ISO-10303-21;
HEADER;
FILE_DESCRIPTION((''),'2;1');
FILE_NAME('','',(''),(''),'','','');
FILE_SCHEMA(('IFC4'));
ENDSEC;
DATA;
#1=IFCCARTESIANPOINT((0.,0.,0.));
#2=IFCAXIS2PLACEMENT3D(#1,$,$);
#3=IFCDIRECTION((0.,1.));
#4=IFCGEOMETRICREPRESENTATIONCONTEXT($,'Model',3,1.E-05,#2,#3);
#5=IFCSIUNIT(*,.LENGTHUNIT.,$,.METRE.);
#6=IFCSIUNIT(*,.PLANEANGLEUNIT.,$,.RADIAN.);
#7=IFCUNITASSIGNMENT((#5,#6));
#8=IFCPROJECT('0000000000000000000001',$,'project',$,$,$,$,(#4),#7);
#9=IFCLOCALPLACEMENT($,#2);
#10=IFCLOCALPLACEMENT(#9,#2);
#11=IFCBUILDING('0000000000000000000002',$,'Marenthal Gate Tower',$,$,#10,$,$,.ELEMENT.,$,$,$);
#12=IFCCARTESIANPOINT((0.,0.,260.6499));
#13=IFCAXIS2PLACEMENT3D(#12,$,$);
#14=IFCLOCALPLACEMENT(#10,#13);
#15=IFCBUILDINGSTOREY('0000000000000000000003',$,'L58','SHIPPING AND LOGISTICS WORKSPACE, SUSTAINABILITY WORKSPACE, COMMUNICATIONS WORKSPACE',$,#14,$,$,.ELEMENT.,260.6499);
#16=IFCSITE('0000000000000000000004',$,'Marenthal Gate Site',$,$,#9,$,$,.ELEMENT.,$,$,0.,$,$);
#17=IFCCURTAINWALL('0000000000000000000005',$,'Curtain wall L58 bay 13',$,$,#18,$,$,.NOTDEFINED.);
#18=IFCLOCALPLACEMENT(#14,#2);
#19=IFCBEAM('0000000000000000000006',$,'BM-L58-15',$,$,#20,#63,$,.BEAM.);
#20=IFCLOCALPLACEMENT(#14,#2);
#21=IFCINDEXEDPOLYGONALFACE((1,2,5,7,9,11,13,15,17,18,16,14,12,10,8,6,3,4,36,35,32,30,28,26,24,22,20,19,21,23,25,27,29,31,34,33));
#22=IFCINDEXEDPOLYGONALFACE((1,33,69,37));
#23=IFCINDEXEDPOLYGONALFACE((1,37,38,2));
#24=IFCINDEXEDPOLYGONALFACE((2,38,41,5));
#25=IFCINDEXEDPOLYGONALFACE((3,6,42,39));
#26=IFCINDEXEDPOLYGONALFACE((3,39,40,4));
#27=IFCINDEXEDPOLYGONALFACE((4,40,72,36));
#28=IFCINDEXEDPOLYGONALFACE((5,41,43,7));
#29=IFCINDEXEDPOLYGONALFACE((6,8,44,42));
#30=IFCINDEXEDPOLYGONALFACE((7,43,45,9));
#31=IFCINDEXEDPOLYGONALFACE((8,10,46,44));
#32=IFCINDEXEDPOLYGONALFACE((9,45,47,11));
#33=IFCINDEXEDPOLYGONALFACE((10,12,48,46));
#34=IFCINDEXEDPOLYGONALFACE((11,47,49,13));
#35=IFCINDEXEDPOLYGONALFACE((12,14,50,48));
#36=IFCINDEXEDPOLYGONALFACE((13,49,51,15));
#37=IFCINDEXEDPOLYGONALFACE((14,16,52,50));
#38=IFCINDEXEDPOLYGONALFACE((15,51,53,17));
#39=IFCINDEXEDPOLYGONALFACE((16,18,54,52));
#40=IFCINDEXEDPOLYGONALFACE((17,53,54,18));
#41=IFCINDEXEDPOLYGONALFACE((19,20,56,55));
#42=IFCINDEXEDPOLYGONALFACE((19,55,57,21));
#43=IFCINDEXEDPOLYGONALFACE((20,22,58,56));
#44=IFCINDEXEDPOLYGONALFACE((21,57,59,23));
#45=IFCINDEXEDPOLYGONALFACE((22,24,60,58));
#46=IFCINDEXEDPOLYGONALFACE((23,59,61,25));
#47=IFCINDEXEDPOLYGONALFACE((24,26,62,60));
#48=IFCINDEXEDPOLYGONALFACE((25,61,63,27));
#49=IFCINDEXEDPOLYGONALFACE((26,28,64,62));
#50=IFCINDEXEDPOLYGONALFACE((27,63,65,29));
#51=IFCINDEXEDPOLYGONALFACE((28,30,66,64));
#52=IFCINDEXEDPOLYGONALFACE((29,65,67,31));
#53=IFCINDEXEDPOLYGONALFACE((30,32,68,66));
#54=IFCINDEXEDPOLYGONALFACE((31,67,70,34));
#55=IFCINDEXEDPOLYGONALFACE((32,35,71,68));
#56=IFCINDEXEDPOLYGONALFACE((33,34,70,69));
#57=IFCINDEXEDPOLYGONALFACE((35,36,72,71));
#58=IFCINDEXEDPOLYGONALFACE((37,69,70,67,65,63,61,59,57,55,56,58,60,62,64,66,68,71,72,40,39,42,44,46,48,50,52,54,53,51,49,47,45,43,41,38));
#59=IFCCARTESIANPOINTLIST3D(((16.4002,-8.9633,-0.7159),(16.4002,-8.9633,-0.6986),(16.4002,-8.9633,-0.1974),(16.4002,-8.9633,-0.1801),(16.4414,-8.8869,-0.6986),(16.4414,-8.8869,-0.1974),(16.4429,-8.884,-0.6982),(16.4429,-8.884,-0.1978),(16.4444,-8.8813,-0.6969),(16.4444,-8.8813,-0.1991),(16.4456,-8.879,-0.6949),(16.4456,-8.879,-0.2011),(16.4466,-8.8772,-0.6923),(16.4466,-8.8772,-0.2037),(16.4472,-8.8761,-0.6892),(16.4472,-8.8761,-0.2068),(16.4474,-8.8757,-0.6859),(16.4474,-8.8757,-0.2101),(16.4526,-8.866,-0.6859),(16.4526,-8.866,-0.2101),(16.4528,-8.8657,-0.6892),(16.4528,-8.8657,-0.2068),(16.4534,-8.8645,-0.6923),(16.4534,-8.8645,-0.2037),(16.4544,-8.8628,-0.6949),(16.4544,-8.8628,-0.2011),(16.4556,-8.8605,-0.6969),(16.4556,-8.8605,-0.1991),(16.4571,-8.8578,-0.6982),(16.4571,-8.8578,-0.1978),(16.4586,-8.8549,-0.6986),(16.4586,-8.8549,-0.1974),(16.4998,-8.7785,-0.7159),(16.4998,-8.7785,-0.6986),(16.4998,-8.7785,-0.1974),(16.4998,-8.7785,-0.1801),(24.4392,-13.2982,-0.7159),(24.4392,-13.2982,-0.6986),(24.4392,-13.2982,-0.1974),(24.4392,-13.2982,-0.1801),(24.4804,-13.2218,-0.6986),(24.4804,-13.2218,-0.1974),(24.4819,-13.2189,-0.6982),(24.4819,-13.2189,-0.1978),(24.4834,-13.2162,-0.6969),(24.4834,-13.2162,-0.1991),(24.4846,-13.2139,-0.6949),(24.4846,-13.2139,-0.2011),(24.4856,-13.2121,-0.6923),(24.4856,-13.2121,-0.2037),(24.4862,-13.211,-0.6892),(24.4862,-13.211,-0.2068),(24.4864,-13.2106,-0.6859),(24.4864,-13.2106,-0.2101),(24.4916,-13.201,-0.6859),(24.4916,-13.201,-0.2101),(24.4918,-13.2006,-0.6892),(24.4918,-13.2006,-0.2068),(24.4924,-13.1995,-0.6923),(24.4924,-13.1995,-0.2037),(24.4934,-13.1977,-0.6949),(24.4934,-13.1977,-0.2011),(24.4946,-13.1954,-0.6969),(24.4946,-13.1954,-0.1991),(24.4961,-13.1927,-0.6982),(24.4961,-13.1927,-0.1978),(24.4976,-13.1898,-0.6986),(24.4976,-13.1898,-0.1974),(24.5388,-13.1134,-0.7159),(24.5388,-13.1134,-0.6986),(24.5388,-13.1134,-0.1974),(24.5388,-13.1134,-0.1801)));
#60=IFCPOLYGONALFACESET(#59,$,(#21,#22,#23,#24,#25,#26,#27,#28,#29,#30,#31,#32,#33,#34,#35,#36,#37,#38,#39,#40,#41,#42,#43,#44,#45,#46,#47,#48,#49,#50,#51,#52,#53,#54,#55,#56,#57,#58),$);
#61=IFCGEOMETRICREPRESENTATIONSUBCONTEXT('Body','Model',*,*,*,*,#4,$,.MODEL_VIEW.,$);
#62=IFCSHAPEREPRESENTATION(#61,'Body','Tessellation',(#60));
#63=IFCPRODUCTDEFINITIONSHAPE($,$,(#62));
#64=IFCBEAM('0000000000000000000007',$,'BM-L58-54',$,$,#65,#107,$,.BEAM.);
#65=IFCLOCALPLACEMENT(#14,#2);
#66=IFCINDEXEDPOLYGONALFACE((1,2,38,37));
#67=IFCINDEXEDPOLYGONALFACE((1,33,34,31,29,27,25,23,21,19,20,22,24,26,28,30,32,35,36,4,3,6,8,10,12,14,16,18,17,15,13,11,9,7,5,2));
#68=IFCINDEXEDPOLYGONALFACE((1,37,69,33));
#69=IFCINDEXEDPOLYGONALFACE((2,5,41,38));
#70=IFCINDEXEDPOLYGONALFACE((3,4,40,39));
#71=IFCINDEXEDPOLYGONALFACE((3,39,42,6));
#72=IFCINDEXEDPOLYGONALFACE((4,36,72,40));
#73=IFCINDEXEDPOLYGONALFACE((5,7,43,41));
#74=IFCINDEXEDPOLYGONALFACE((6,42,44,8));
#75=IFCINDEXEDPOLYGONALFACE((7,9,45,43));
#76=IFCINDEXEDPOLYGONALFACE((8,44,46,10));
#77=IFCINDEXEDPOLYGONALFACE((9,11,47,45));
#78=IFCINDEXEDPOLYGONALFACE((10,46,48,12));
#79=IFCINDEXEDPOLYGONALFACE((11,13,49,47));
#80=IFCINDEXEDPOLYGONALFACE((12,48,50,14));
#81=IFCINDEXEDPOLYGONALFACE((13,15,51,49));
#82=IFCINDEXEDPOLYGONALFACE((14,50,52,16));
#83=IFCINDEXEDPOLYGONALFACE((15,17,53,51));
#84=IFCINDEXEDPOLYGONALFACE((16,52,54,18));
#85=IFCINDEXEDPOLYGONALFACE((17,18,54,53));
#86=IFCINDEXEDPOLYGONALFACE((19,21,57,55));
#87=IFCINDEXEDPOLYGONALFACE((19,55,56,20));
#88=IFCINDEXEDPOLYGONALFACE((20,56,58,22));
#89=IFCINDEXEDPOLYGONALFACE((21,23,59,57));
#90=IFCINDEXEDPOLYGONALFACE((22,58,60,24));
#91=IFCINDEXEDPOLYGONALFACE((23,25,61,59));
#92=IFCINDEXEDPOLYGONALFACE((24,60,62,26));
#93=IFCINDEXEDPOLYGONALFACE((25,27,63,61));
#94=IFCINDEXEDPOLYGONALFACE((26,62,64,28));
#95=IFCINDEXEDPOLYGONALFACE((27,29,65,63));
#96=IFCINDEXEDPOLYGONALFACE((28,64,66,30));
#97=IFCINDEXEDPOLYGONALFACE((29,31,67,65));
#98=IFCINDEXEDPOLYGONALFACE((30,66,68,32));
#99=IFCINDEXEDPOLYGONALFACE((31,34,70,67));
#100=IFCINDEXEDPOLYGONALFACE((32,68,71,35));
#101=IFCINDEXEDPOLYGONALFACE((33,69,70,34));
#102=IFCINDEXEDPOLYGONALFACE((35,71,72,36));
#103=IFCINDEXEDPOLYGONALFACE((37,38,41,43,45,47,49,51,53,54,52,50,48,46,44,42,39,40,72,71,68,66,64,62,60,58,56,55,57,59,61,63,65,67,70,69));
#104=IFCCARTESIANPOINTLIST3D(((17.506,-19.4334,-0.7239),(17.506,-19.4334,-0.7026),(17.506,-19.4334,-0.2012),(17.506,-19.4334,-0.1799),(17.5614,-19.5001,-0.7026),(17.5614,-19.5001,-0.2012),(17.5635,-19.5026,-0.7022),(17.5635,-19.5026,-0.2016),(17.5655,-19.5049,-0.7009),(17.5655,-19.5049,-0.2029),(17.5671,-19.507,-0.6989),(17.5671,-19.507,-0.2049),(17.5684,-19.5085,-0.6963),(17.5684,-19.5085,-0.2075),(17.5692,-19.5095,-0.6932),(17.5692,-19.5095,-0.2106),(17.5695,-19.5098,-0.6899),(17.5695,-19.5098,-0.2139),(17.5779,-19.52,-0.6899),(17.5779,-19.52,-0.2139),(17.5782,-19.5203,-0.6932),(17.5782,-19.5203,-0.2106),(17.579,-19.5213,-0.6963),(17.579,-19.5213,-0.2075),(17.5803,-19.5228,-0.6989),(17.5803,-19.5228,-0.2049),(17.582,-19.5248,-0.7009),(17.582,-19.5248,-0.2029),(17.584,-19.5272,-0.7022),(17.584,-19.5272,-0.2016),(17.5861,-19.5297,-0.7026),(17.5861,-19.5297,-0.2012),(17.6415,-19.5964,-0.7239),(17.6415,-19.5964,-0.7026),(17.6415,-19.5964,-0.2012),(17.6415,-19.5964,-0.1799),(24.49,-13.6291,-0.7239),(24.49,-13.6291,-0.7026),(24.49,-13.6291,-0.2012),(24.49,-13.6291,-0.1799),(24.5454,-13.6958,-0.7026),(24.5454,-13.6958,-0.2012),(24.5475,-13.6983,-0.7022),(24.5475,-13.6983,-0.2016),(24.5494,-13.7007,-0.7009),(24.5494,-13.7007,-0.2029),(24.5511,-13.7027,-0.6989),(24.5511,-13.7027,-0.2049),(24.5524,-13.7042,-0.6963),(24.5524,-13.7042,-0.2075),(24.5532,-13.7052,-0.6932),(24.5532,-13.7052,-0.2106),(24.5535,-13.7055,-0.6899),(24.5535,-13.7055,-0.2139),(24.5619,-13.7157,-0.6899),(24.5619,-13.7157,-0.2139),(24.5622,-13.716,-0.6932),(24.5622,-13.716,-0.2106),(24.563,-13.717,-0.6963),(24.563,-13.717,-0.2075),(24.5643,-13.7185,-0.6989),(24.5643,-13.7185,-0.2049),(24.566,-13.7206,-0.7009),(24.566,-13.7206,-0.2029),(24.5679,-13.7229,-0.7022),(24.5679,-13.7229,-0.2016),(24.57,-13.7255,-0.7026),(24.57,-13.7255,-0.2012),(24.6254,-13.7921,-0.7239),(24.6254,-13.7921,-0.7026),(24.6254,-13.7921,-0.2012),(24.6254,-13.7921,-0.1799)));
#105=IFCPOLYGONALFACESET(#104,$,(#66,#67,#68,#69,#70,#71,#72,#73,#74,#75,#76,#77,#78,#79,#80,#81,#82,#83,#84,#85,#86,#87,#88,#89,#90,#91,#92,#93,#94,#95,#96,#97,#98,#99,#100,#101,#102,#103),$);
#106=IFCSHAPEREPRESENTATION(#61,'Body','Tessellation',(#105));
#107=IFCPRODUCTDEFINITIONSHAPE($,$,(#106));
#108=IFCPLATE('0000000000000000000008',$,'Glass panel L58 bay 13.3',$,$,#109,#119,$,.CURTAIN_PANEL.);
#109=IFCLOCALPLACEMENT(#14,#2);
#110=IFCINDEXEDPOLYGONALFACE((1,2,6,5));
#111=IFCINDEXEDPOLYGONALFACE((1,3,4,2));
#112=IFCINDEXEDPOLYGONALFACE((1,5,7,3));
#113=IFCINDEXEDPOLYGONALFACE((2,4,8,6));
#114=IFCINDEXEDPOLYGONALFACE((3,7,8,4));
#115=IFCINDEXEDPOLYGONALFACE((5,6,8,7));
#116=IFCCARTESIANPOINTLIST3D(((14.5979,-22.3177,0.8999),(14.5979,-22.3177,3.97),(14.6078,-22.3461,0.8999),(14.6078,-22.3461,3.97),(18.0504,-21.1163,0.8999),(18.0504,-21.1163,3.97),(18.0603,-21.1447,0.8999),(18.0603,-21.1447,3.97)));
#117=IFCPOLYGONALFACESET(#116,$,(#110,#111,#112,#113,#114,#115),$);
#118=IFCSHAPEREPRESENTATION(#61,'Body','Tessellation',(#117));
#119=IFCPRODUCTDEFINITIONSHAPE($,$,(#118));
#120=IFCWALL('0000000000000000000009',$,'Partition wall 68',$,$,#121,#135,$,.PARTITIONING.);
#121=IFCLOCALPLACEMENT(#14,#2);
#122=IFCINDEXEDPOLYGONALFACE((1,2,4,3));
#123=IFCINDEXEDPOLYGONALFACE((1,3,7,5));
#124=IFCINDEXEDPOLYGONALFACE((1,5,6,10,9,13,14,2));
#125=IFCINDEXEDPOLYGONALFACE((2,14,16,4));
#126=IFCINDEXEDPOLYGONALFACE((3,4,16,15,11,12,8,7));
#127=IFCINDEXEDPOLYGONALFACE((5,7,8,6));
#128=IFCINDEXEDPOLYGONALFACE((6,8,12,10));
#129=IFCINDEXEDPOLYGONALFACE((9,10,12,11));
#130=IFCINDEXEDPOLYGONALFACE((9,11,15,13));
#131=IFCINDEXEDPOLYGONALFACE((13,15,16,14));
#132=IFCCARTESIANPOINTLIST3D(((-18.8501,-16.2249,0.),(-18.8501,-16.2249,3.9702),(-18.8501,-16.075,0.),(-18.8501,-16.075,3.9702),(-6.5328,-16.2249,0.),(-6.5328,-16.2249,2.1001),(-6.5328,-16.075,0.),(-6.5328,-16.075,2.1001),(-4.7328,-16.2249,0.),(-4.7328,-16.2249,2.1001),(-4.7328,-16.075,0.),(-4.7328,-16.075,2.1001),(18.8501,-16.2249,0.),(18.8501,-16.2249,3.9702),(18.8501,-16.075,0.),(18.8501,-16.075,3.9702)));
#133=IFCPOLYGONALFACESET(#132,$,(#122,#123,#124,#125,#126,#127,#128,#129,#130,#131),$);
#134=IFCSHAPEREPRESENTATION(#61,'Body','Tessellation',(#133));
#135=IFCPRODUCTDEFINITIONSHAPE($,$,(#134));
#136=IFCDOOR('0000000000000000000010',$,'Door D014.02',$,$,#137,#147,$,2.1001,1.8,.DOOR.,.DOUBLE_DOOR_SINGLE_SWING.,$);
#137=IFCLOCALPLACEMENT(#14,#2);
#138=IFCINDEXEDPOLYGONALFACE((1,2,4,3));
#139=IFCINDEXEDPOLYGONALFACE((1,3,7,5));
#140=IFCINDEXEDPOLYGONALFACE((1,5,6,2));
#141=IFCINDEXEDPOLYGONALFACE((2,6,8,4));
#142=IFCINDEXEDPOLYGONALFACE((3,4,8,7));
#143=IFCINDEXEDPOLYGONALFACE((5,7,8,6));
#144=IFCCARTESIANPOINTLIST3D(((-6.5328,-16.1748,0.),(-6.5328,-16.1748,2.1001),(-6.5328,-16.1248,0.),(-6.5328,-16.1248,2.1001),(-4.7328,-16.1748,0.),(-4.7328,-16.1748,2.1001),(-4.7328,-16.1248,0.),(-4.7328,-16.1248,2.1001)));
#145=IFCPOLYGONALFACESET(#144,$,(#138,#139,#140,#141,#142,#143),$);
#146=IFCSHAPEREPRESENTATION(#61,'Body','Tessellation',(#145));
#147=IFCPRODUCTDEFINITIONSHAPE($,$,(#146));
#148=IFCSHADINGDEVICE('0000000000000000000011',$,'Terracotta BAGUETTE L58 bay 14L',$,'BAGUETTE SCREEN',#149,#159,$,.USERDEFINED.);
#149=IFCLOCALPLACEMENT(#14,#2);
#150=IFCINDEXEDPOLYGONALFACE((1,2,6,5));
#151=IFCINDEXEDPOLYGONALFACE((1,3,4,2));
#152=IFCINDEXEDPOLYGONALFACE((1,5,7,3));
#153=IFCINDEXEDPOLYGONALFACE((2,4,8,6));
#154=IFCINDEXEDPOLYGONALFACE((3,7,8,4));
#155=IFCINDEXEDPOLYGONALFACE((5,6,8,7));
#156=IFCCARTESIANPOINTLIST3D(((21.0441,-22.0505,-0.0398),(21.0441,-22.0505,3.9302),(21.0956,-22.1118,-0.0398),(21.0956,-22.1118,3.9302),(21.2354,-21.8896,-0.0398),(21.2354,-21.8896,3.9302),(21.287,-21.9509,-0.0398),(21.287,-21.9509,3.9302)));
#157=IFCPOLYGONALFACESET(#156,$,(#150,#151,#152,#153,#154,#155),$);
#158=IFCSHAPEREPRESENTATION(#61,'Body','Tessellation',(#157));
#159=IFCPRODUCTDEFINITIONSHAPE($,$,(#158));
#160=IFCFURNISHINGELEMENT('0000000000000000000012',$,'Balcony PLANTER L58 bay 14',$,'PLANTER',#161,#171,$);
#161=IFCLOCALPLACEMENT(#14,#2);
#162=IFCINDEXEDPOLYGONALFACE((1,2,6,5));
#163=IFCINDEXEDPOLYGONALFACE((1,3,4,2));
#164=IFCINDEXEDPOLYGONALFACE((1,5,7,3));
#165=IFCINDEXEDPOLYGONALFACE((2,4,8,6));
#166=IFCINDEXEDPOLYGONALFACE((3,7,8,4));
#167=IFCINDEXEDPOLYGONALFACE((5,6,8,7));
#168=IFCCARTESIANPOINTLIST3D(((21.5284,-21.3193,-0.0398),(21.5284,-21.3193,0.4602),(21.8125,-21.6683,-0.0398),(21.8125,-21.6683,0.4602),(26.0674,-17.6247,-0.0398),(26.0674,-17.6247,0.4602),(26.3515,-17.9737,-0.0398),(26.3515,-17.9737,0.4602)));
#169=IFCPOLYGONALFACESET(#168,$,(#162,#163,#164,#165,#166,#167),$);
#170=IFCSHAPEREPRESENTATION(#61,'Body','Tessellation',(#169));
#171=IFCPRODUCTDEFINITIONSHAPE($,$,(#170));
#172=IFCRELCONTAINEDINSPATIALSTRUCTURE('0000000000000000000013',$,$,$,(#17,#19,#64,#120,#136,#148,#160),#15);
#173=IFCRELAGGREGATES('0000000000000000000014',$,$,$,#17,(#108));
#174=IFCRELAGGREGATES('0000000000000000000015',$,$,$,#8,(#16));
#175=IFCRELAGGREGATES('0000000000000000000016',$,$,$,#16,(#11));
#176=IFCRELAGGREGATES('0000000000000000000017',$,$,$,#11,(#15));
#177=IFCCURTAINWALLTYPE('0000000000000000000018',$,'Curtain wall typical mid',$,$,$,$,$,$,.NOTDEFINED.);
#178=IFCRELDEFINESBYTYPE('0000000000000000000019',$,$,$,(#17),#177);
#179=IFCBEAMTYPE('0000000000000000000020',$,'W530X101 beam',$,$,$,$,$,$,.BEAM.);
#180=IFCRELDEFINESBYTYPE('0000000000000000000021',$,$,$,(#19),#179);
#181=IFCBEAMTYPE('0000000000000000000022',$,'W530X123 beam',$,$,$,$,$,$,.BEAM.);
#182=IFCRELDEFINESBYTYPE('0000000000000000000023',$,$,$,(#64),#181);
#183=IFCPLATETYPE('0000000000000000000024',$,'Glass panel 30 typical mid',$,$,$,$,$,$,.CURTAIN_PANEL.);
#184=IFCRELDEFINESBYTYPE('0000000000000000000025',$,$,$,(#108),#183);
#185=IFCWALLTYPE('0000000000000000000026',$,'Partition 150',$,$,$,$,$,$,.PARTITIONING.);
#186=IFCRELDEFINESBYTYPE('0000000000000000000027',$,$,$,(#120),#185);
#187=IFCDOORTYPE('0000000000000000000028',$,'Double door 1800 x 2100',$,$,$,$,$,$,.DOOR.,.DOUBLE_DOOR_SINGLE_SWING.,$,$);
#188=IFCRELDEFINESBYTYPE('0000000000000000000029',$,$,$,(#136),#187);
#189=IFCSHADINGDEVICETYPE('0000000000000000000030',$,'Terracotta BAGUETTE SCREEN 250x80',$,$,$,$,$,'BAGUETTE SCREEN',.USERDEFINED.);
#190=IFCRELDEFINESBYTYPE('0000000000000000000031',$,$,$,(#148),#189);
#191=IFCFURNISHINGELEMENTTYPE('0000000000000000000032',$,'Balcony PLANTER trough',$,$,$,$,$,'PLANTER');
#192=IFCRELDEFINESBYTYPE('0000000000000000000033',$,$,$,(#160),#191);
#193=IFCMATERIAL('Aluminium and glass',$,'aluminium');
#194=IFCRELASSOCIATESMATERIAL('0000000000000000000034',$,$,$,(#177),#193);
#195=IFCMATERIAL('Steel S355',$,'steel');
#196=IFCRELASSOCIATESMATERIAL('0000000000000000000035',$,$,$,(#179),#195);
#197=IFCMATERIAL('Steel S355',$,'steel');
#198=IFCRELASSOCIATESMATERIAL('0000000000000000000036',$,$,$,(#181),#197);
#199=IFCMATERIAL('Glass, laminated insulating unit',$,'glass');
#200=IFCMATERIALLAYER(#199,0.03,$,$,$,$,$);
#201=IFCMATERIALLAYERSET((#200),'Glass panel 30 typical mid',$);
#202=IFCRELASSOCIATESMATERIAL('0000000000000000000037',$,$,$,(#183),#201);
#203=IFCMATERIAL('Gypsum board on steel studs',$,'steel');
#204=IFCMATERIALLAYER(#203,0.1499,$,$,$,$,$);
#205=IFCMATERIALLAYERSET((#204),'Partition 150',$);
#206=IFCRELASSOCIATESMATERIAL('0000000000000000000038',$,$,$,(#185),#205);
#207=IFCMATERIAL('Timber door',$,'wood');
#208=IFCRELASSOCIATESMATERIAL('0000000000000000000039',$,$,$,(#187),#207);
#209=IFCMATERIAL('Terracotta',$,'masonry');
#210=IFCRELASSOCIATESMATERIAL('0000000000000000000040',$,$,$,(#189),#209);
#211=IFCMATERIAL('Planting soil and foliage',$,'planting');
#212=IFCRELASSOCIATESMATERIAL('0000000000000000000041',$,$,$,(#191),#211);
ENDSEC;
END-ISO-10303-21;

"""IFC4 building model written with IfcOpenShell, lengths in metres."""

from ifc_helpers import new_model, si_unit, direction, frame, frame_2d, origin, origin_2d, place, context, subcontext, project, spatial, rectangle, i_section, extrude, material, layer, layer_set, material_profile, profile_set, type_object, element, fill, aggregate, save


model = new_model("IFC4")

# Units and contexts
model_context = context("Model", 3, precision=1e-05, world=origin(), true_north=direction((0.0, 1.0)))
body_context = subcontext(model_context, "Body", "Model", "MODEL_VIEW")
ifc_project = project(units=[si_unit("LENGTHUNIT", "METRE"), si_unit("PLANEANGLEUNIT", "RADIAN")], contexts=[model_context])

# Site, building, storey
site_placement = place(None, origin())
site = spatial("IfcSite", under=ifc_project, at=site_placement, Name="Marenthal Gate Site", CompositionType="ELEMENT", RefElevation=0.0)
building_placement = place(site_placement, origin())
building = spatial("IfcBuilding", under=site, at=building_placement, Name="Marenthal Gate Tower", CompositionType="ELEMENT")
storey_placement = place(building_placement, frame((0.0, 0.0, 260.6499)))
storey = spatial("IfcBuildingStorey", under=building, at=storey_placement, Name="L58", Description="SHIPPING AND LOGISTICS WORKSPACE, SUSTAINABILITY WORKSPACE, COMMUNICATIONS WORKSPACE", CompositionType="ELEMENT", Elevation=260.6499)

# Curtain wall
ifc_material_1 = material(Name="Aluminium and glass", Category="aluminium")
curtain_wall_type = type_object("IfcCurtainWallType", Name="Curtain wall typical mid", PredefinedType="NOTDEFINED", material=ifc_material_1)
curtain_wall_1_placement = place(storey_placement, origin())
curtain_wall_1 = element("IfcCurtainWall", 1, at=curtain_wall_1_placement, inside=storey, type_object=curtain_wall_type, Name="Curtain wall L58 bay 13", PredefinedType="NOTDEFINED")

# Beams
ifc_material_2 = material(Name="Steel S355", Category="steel")
ifc_material_profile_1 = material_profile(ifc_material_2, i_section(OverallWidth=0.21, OverallDepth=0.5359, WebThickness=0.011, FlangeThickness=0.0173, FilletRadius=0.0127, at=origin_2d()), Name="W530X101")
ifc_profile_set_1 = profile_set([ifc_material_profile_1], Name="Steel S355")
beam_type_1 = type_object("IfcBeamType", Name="W530X101 beam", PredefinedType="BEAM", material=ifc_profile_set_1)
beam_1_placement = place(storey_placement, frame((24.489, -13.2058, -0.448), z_axis=(-0.880186, 0.474629, 0.0), x_axis=(-0.474629, -0.880186, 0.0)))
element("IfcBeam", 2, at=beam_1_placement, inside=storey, type_object=beam_type_1, Name="BM-L58-15", PredefinedType="BEAM", context=body_context, shape_type="SweptSolid", body=[
    extrude(i_section(OverallWidth=0.21, OverallDepth=0.5359, WebThickness=0.011, FlangeThickness=0.0173, FilletRadius=0.0127, at=origin_2d()), origin(), (0.0, 0.0, 1.0), 9.1333),
])
ifc_material_3 = material(Name="Steel S355", Category="steel")
ifc_material_profile_2 = material_profile(ifc_material_3, i_section(OverallWidth=0.2119, OverallDepth=0.5439, WebThickness=0.0132, FlangeThickness=0.0212, FilletRadius=0.0127, at=origin_2d()), Name="W530X123")
ifc_profile_set_2 = profile_set([ifc_material_profile_2], Name="Steel S355")
beam_type_2 = type_object("IfcBeamType", Name="W530X123 beam", PredefinedType="BEAM", material=ifc_profile_set_2)
beam_2_placement = place(storey_placement, frame((17.5737, -19.5149, -0.4519), z_axis=(0.769071, 0.639163, 0.0), x_axis=(-0.639163, 0.769071, 0.0)))
element("IfcBeam", 3, at=beam_2_placement, inside=storey, type_object=beam_type_2, Name="BM-L58-54", PredefinedType="BEAM", context=body_context, shape_type="SweptSolid", body=[
    extrude(i_section(OverallWidth=0.2119, OverallDepth=0.5439, WebThickness=0.0132, FlangeThickness=0.0212, FilletRadius=0.0127, at=origin_2d()), origin(), (0.0, 0.0, 1.0), 9.0811),
])

# Plate
ifc_material_4 = material(Name="Glass, laminated insulating unit", Category="glass")
ifc_layer_1 = layer(ifc_material_4, 0.03)
ifc_layer_set_1 = layer_set([ifc_layer_1], Name="Glass panel 30 typical mid")
plate_type = type_object("IfcPlateType", Name="Glass panel 30 typical mid", PredefinedType="CURTAIN_PANEL", material=ifc_layer_set_1)
plate_placement = place(storey_placement, frame((16.3291, -21.7312, 0.8999), z_axis=(0.0, 0.0, 1.0), x_axis=(0.944445, 0.32867, 0.0)))
plate = element("IfcPlate", 4, at=plate_placement, type_object=plate_type, Name="Glass panel L58 bay 13.3", PredefinedType="CURTAIN_PANEL", context=body_context, shape_type="SweptSolid", body=[
    extrude(rectangle(XDim=3.6555, YDim=0.03, at=origin_2d()), origin(), (0.0, 0.0, 1.0), 3.0701),
])
aggregate(curtain_wall_1, [plate])

# Wall, opening, door
ifc_material_5 = material(Name="Gypsum board on steel studs", Category="steel")
ifc_layer_2 = layer(ifc_material_5, 0.1499)
ifc_layer_set_2 = layer_set([ifc_layer_2], Name="Partition 150")
wall_type_1 = type_object("IfcWallType", Name="Partition 150", PredefinedType="PARTITIONING", material=ifc_layer_set_2)
wall_1_placement = place(storey_placement, frame((18.8501, -16.1499, 0.0), z_axis=(0.0, 0.0, 1.0), x_axis=(-1.0, 0.0, 0.0)))
wall_1 = element("IfcWall", 5, at=wall_1_placement, inside=storey, type_object=wall_type_1, Name="Partition wall 68", PredefinedType="PARTITIONING", context=body_context, shape_type="SweptSolid", body=[
    extrude(rectangle(XDim=37.7002, YDim=0.1499, at=frame_2d((18.8501, 0.0))), origin(), (0.0, 0.0, 1.0), 3.9702),
])
opening_1_placement = place(wall_1_placement, frame((23.583, 0.0, 0.0)))
opening_1 = element("IfcOpeningElement", 6, at=opening_1_placement, cuts=wall_1, PredefinedType="OPENING", context=body_context, shape_type="SweptSolid", body=[
    extrude(rectangle(XDim=1.8, YDim=2.1001, at=frame_2d((0.8999, 1.05))), frame((0.0, 0.085, 0.0), z_axis=(0.0, -1.0, 0.0), x_axis=(1.0, 0.0, 0.0)), (0.0, 0.0, 1.0), 0.1699),
])
ifc_material_6 = material(Name="Timber door", Category="wood")
door_type_1 = type_object("IfcDoorType", Name="Double door 1800 x 2100", OperationType="DOUBLE_DOOR_SINGLE_SWING", PredefinedType="DOOR", material=ifc_material_6)
door_1_placement = place(opening_1_placement, origin())
door_1 = element("IfcDoor", 7, at=door_1_placement, inside=storey, type_object=door_type_1, Name="Door D014.02", OperationType="DOUBLE_DOOR_SINGLE_SWING", OverallHeight=2.1001, OverallWidth=1.8, PredefinedType="DOOR", context=body_context, shape_type="SweptSolid", body=[
    extrude(rectangle(XDim=1.8, YDim=2.1001, at=frame_2d((0.8999, 1.05))), frame((0.0, 0.0249, 0.0), z_axis=(0.0, -1.0, 0.0), x_axis=(1.0, 0.0, 0.0)), (0.0, 0.0, 1.0), 0.05),
])
fill(opening_1, door_1)

# Shading device
ifc_material_7 = material(Name="Terracotta", Category="masonry")
ifc_material_profile_3 = material_profile(ifc_material_7, rectangle(XDim=0.25, YDim=0.0801, at=origin_2d()), Name="Terracotta baguette 250x80")
ifc_profile_set_3 = profile_set([ifc_material_profile_3], Name="Terracotta")
shading_device_type = type_object("IfcShadingDeviceType", Name="Terracotta BAGUETTE SCREEN 250x80", ElementType="BAGUETTE SCREEN", PredefinedType="USERDEFINED", material=ifc_profile_set_3)
shading_device_placement = place(storey_placement, frame((21.1655, -22.0007, -0.0398), z_axis=(0.0, 0.0, 1.0), x_axis=(0.765301, 0.643672, 0.0)))
element("IfcShadingDevice", 8, at=shading_device_placement, inside=storey, type_object=shading_device_type, Name="Terracotta BAGUETTE L58 bay 14L", ObjectType="BAGUETTE SCREEN", PredefinedType="USERDEFINED", context=body_context, shape_type="SweptSolid", body=[
    extrude(rectangle(XDim=0.25, YDim=0.0801, at=origin_2d()), origin(), (0.0, 0.0, 1.0), 3.97),
])

# Furnishing element
ifc_material_8 = material(Name="Planting soil and foliage", Category="planting")
furnishing_element_type = type_object("IfcFurnishingElementType", Name="Balcony PLANTER trough", ElementType="PLANTER", material=ifc_material_8)
furnishing_placement = place(storey_placement, frame((23.9399, -19.6465, -0.0398), z_axis=(0.0, 0.0, 1.0), x_axis=(0.775557, 0.631278, 0.0)))
element("IfcFurnishingElement", 9, at=furnishing_placement, inside=storey, type_object=furnishing_element_type, Name="Balcony PLANTER L58 bay 14", ObjectType="PLANTER", context=body_context, shape_type="SweptSolid", body=[
    extrude(rectangle(XDim=5.8525, YDim=0.45, at=origin_2d()), origin(), (0.0, 0.0, 1.0), 0.5),
])

save(model, "model.ifc")
